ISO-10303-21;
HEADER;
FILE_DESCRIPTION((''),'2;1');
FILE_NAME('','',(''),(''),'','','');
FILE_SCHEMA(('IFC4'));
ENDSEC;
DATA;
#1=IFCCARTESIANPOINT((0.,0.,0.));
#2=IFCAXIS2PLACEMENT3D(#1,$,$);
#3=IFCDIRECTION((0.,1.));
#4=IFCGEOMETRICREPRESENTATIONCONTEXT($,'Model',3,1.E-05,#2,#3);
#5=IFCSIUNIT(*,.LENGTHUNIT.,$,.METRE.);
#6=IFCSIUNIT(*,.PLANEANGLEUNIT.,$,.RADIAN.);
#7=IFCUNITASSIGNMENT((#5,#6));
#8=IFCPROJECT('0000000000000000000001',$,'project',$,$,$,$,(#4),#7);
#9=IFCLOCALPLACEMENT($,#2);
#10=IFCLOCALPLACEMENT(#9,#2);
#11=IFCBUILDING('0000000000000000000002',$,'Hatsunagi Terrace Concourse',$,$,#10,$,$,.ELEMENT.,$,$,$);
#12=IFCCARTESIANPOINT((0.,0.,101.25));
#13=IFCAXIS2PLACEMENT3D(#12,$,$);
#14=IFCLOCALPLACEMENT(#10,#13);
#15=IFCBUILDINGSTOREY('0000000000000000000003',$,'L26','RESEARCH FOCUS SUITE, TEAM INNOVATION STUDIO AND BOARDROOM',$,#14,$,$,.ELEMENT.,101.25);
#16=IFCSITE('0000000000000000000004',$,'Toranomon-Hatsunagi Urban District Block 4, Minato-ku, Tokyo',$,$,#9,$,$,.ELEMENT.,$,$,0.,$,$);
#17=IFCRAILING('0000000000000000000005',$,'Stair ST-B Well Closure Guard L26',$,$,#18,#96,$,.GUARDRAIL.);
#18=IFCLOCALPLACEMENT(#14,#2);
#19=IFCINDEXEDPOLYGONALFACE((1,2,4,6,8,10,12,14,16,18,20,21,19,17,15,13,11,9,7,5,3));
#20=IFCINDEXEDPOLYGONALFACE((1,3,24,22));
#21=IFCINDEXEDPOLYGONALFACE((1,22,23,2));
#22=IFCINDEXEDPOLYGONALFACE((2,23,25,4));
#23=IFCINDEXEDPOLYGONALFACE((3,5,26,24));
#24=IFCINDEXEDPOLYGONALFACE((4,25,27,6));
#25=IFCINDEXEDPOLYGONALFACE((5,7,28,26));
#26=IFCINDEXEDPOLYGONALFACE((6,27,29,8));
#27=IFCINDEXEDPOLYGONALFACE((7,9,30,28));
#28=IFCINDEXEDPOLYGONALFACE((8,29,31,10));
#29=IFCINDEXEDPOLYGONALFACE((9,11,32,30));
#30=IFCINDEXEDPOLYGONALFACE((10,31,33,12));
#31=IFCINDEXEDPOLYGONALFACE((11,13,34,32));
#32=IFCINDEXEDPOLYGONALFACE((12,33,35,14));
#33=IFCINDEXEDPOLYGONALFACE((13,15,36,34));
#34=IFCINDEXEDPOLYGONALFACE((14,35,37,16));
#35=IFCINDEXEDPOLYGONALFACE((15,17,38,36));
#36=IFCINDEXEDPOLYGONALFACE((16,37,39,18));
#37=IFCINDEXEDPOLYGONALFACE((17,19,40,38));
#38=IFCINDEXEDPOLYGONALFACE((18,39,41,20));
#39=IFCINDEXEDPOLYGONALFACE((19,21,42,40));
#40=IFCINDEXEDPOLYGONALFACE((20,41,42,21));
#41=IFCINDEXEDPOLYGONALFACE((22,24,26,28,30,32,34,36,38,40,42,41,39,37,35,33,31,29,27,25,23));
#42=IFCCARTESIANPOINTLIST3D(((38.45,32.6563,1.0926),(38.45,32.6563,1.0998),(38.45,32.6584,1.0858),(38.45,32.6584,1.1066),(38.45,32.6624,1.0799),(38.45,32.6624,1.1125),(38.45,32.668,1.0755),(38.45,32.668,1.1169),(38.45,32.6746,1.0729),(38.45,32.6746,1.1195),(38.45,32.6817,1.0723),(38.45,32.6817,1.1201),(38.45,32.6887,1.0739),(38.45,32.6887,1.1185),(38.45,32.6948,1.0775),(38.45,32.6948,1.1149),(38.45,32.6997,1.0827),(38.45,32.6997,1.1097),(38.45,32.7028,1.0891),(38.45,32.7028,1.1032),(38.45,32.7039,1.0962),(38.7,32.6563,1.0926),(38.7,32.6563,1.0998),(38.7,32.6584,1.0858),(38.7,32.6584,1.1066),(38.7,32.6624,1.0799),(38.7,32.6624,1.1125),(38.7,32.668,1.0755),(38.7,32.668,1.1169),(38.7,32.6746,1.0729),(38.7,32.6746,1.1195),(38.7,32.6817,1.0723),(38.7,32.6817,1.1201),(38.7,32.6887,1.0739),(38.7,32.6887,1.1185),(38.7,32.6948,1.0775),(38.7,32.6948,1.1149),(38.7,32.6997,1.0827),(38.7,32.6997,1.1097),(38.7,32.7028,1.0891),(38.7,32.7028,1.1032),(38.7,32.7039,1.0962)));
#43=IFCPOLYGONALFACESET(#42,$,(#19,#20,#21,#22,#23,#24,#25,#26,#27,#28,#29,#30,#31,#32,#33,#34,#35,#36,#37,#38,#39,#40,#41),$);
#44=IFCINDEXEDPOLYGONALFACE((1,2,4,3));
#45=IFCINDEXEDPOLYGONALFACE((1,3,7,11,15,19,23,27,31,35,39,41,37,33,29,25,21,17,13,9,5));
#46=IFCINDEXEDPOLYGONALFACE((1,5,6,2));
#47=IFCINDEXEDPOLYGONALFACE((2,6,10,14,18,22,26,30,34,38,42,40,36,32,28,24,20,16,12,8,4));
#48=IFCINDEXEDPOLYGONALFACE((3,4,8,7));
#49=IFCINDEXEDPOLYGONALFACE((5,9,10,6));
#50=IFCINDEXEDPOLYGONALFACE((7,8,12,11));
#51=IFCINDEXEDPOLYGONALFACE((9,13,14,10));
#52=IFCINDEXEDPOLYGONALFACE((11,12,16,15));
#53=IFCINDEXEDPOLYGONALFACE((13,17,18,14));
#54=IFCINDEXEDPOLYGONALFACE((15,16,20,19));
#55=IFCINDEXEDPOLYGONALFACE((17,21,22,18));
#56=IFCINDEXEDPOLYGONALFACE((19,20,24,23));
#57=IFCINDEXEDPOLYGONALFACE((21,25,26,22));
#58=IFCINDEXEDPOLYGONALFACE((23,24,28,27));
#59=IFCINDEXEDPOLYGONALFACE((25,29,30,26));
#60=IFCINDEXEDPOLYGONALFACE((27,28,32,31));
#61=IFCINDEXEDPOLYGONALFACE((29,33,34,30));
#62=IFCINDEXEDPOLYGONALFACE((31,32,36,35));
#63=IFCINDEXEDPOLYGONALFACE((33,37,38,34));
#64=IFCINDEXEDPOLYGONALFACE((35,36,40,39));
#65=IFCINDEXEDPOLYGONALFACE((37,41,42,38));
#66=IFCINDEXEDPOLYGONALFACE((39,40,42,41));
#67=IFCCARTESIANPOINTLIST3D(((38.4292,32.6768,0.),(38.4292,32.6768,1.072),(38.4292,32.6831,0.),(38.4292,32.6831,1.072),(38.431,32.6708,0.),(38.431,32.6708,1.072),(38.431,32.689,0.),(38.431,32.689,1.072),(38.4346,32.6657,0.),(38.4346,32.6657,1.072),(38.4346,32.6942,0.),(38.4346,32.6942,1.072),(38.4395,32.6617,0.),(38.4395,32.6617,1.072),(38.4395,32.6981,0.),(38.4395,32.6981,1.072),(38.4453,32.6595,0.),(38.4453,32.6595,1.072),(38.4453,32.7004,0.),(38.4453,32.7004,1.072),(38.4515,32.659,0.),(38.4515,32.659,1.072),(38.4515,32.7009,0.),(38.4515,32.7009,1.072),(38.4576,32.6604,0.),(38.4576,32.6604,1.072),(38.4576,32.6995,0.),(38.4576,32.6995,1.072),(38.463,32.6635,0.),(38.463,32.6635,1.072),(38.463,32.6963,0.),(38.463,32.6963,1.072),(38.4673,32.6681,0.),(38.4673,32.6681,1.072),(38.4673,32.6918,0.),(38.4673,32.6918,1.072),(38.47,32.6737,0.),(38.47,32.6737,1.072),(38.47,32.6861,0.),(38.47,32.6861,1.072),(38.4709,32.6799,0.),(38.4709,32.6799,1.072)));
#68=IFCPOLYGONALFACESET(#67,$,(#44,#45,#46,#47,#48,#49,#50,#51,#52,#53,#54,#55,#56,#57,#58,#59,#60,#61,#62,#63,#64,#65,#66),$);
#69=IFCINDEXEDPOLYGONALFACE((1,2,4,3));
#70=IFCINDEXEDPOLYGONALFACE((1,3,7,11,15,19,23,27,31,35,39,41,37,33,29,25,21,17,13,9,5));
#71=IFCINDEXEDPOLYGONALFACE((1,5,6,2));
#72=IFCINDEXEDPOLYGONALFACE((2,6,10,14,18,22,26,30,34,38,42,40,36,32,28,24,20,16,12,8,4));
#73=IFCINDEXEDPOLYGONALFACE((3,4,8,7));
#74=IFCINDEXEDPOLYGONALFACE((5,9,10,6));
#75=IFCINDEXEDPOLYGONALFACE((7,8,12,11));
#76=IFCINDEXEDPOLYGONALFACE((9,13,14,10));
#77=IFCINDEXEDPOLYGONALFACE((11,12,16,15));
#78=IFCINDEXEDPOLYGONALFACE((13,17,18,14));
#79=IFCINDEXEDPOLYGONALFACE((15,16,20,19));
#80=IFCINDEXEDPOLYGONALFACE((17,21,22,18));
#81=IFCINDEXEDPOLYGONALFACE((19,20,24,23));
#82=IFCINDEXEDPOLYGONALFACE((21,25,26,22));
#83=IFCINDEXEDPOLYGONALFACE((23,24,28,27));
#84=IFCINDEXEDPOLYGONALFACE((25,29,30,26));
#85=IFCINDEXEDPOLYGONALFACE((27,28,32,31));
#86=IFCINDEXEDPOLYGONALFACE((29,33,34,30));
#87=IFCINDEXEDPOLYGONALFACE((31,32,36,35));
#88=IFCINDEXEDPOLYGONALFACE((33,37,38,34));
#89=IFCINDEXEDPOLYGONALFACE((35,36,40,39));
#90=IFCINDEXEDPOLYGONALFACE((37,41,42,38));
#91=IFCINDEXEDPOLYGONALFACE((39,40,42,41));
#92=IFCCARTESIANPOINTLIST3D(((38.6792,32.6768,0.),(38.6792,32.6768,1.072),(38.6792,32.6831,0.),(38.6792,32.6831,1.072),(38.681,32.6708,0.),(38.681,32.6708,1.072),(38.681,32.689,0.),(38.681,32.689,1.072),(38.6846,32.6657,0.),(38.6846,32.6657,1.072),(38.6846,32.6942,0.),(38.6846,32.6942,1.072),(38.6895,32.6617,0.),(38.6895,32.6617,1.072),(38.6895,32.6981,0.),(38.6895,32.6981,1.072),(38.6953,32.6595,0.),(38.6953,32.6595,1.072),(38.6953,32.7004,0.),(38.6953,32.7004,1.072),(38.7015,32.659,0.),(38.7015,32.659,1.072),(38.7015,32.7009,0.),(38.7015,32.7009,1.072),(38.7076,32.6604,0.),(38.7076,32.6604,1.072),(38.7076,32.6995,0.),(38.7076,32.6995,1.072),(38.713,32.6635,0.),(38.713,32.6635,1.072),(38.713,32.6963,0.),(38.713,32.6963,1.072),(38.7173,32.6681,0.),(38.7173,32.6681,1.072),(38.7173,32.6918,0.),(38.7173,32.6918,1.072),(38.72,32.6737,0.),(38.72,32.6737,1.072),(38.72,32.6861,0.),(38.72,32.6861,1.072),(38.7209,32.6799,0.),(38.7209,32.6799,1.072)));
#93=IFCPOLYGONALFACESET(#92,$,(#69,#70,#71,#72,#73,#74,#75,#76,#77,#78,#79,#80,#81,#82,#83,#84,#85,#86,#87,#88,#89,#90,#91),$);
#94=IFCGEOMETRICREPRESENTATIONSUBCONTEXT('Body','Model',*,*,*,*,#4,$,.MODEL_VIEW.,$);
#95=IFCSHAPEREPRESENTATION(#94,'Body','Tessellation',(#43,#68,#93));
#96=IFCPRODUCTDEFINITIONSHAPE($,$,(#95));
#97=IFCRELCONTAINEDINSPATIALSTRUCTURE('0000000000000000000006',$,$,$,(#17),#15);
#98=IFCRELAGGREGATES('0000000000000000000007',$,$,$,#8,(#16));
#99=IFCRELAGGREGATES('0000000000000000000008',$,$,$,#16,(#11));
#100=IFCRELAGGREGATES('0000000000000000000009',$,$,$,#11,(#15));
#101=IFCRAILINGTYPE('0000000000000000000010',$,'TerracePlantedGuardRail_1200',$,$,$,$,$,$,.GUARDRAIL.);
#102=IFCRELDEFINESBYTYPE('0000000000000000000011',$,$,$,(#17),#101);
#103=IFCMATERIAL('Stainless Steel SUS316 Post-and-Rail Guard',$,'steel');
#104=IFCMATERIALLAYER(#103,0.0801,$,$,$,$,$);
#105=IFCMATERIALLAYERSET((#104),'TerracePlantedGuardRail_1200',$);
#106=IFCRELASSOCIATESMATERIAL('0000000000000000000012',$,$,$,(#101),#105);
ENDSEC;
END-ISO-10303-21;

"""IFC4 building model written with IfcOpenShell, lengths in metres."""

from ifc_helpers import new_model, si_unit, direction, frame, origin, origin_2d, place, context, subcontext, project, spatial, circle, extrude, material, layer, layer_set, type_object, element, save


model = new_model("IFC4")

# Units and contexts
model_context = context("Model", 3, precision=1e-05, world=origin(), true_north=direction((0.0, 1.0)))
body_context = subcontext(model_context, "Body", "Model", "MODEL_VIEW")
ifc_project = project(units=[si_unit("LENGTHUNIT", "METRE"), si_unit("PLANEANGLEUNIT", "RADIAN")], contexts=[model_context])

# Site, building, storey
site_placement = place(None, origin())
site = spatial("IfcSite", under=ifc_project, at=site_placement, Name="Toranomon-Hatsunagi Urban District Block 4, Minato-ku, Tokyo", CompositionType="ELEMENT", RefElevation=0.0)
building_placement = place(site_placement, origin())
building = spatial("IfcBuilding", under=site, at=building_placement, Name="Hatsunagi Terrace Concourse", CompositionType="ELEMENT")
storey_placement = place(building_placement, frame((0.0, 0.0, 101.25)))
storey = spatial("IfcBuildingStorey", under=building, at=storey_placement, Name="L26", Description="RESEARCH FOCUS SUITE, TEAM INNOVATION STUDIO AND BOARDROOM", CompositionType="ELEMENT", Elevation=101.25)

# Railing
ifc_material_1 = material(Name="Stainless Steel SUS316 Post-and-Rail Guard", Category="steel")
ifc_layer_1 = layer(ifc_material_1, 0.0801)
ifc_layer_set_1 = layer_set([ifc_layer_1], Name="TerracePlantedGuardRail_1200")
railing_type_1 = type_object("IfcRailingType", Name="TerracePlantedGuardRail_1200", PredefinedType="GUARDRAIL", material=ifc_layer_set_1)
railing_1_placement = place(storey_placement, frame((38.45, 32.6799, 0.0)))
element("IfcRailing", 1, at=railing_1_placement, inside=storey, type_object=railing_type_1, Name="Stair ST-B Well Closure Guard L26", PredefinedType="GUARDRAIL", context=body_context, shape_type="SweptSolid", body=[
    extrude(circle(Radius=0.0239, at=origin_2d()), frame((0.0, 0.0, 1.0962), z_axis=(1.0, 0.0, 0.0), x_axis=(0.0, 1.0, 0.0)), (0.0, 0.0, 1.0), 0.25),
    extrude(circle(Radius=0.021, at=origin_2d()), origin(), (0.0, 0.0, 1.0), 1.072),
    extrude(circle(Radius=0.021, at=origin_2d()), frame((0.25, 0.0, 0.0)), (0.0, 0.0, 1.0), 1.072),
])

save(model, "model.ifc")
